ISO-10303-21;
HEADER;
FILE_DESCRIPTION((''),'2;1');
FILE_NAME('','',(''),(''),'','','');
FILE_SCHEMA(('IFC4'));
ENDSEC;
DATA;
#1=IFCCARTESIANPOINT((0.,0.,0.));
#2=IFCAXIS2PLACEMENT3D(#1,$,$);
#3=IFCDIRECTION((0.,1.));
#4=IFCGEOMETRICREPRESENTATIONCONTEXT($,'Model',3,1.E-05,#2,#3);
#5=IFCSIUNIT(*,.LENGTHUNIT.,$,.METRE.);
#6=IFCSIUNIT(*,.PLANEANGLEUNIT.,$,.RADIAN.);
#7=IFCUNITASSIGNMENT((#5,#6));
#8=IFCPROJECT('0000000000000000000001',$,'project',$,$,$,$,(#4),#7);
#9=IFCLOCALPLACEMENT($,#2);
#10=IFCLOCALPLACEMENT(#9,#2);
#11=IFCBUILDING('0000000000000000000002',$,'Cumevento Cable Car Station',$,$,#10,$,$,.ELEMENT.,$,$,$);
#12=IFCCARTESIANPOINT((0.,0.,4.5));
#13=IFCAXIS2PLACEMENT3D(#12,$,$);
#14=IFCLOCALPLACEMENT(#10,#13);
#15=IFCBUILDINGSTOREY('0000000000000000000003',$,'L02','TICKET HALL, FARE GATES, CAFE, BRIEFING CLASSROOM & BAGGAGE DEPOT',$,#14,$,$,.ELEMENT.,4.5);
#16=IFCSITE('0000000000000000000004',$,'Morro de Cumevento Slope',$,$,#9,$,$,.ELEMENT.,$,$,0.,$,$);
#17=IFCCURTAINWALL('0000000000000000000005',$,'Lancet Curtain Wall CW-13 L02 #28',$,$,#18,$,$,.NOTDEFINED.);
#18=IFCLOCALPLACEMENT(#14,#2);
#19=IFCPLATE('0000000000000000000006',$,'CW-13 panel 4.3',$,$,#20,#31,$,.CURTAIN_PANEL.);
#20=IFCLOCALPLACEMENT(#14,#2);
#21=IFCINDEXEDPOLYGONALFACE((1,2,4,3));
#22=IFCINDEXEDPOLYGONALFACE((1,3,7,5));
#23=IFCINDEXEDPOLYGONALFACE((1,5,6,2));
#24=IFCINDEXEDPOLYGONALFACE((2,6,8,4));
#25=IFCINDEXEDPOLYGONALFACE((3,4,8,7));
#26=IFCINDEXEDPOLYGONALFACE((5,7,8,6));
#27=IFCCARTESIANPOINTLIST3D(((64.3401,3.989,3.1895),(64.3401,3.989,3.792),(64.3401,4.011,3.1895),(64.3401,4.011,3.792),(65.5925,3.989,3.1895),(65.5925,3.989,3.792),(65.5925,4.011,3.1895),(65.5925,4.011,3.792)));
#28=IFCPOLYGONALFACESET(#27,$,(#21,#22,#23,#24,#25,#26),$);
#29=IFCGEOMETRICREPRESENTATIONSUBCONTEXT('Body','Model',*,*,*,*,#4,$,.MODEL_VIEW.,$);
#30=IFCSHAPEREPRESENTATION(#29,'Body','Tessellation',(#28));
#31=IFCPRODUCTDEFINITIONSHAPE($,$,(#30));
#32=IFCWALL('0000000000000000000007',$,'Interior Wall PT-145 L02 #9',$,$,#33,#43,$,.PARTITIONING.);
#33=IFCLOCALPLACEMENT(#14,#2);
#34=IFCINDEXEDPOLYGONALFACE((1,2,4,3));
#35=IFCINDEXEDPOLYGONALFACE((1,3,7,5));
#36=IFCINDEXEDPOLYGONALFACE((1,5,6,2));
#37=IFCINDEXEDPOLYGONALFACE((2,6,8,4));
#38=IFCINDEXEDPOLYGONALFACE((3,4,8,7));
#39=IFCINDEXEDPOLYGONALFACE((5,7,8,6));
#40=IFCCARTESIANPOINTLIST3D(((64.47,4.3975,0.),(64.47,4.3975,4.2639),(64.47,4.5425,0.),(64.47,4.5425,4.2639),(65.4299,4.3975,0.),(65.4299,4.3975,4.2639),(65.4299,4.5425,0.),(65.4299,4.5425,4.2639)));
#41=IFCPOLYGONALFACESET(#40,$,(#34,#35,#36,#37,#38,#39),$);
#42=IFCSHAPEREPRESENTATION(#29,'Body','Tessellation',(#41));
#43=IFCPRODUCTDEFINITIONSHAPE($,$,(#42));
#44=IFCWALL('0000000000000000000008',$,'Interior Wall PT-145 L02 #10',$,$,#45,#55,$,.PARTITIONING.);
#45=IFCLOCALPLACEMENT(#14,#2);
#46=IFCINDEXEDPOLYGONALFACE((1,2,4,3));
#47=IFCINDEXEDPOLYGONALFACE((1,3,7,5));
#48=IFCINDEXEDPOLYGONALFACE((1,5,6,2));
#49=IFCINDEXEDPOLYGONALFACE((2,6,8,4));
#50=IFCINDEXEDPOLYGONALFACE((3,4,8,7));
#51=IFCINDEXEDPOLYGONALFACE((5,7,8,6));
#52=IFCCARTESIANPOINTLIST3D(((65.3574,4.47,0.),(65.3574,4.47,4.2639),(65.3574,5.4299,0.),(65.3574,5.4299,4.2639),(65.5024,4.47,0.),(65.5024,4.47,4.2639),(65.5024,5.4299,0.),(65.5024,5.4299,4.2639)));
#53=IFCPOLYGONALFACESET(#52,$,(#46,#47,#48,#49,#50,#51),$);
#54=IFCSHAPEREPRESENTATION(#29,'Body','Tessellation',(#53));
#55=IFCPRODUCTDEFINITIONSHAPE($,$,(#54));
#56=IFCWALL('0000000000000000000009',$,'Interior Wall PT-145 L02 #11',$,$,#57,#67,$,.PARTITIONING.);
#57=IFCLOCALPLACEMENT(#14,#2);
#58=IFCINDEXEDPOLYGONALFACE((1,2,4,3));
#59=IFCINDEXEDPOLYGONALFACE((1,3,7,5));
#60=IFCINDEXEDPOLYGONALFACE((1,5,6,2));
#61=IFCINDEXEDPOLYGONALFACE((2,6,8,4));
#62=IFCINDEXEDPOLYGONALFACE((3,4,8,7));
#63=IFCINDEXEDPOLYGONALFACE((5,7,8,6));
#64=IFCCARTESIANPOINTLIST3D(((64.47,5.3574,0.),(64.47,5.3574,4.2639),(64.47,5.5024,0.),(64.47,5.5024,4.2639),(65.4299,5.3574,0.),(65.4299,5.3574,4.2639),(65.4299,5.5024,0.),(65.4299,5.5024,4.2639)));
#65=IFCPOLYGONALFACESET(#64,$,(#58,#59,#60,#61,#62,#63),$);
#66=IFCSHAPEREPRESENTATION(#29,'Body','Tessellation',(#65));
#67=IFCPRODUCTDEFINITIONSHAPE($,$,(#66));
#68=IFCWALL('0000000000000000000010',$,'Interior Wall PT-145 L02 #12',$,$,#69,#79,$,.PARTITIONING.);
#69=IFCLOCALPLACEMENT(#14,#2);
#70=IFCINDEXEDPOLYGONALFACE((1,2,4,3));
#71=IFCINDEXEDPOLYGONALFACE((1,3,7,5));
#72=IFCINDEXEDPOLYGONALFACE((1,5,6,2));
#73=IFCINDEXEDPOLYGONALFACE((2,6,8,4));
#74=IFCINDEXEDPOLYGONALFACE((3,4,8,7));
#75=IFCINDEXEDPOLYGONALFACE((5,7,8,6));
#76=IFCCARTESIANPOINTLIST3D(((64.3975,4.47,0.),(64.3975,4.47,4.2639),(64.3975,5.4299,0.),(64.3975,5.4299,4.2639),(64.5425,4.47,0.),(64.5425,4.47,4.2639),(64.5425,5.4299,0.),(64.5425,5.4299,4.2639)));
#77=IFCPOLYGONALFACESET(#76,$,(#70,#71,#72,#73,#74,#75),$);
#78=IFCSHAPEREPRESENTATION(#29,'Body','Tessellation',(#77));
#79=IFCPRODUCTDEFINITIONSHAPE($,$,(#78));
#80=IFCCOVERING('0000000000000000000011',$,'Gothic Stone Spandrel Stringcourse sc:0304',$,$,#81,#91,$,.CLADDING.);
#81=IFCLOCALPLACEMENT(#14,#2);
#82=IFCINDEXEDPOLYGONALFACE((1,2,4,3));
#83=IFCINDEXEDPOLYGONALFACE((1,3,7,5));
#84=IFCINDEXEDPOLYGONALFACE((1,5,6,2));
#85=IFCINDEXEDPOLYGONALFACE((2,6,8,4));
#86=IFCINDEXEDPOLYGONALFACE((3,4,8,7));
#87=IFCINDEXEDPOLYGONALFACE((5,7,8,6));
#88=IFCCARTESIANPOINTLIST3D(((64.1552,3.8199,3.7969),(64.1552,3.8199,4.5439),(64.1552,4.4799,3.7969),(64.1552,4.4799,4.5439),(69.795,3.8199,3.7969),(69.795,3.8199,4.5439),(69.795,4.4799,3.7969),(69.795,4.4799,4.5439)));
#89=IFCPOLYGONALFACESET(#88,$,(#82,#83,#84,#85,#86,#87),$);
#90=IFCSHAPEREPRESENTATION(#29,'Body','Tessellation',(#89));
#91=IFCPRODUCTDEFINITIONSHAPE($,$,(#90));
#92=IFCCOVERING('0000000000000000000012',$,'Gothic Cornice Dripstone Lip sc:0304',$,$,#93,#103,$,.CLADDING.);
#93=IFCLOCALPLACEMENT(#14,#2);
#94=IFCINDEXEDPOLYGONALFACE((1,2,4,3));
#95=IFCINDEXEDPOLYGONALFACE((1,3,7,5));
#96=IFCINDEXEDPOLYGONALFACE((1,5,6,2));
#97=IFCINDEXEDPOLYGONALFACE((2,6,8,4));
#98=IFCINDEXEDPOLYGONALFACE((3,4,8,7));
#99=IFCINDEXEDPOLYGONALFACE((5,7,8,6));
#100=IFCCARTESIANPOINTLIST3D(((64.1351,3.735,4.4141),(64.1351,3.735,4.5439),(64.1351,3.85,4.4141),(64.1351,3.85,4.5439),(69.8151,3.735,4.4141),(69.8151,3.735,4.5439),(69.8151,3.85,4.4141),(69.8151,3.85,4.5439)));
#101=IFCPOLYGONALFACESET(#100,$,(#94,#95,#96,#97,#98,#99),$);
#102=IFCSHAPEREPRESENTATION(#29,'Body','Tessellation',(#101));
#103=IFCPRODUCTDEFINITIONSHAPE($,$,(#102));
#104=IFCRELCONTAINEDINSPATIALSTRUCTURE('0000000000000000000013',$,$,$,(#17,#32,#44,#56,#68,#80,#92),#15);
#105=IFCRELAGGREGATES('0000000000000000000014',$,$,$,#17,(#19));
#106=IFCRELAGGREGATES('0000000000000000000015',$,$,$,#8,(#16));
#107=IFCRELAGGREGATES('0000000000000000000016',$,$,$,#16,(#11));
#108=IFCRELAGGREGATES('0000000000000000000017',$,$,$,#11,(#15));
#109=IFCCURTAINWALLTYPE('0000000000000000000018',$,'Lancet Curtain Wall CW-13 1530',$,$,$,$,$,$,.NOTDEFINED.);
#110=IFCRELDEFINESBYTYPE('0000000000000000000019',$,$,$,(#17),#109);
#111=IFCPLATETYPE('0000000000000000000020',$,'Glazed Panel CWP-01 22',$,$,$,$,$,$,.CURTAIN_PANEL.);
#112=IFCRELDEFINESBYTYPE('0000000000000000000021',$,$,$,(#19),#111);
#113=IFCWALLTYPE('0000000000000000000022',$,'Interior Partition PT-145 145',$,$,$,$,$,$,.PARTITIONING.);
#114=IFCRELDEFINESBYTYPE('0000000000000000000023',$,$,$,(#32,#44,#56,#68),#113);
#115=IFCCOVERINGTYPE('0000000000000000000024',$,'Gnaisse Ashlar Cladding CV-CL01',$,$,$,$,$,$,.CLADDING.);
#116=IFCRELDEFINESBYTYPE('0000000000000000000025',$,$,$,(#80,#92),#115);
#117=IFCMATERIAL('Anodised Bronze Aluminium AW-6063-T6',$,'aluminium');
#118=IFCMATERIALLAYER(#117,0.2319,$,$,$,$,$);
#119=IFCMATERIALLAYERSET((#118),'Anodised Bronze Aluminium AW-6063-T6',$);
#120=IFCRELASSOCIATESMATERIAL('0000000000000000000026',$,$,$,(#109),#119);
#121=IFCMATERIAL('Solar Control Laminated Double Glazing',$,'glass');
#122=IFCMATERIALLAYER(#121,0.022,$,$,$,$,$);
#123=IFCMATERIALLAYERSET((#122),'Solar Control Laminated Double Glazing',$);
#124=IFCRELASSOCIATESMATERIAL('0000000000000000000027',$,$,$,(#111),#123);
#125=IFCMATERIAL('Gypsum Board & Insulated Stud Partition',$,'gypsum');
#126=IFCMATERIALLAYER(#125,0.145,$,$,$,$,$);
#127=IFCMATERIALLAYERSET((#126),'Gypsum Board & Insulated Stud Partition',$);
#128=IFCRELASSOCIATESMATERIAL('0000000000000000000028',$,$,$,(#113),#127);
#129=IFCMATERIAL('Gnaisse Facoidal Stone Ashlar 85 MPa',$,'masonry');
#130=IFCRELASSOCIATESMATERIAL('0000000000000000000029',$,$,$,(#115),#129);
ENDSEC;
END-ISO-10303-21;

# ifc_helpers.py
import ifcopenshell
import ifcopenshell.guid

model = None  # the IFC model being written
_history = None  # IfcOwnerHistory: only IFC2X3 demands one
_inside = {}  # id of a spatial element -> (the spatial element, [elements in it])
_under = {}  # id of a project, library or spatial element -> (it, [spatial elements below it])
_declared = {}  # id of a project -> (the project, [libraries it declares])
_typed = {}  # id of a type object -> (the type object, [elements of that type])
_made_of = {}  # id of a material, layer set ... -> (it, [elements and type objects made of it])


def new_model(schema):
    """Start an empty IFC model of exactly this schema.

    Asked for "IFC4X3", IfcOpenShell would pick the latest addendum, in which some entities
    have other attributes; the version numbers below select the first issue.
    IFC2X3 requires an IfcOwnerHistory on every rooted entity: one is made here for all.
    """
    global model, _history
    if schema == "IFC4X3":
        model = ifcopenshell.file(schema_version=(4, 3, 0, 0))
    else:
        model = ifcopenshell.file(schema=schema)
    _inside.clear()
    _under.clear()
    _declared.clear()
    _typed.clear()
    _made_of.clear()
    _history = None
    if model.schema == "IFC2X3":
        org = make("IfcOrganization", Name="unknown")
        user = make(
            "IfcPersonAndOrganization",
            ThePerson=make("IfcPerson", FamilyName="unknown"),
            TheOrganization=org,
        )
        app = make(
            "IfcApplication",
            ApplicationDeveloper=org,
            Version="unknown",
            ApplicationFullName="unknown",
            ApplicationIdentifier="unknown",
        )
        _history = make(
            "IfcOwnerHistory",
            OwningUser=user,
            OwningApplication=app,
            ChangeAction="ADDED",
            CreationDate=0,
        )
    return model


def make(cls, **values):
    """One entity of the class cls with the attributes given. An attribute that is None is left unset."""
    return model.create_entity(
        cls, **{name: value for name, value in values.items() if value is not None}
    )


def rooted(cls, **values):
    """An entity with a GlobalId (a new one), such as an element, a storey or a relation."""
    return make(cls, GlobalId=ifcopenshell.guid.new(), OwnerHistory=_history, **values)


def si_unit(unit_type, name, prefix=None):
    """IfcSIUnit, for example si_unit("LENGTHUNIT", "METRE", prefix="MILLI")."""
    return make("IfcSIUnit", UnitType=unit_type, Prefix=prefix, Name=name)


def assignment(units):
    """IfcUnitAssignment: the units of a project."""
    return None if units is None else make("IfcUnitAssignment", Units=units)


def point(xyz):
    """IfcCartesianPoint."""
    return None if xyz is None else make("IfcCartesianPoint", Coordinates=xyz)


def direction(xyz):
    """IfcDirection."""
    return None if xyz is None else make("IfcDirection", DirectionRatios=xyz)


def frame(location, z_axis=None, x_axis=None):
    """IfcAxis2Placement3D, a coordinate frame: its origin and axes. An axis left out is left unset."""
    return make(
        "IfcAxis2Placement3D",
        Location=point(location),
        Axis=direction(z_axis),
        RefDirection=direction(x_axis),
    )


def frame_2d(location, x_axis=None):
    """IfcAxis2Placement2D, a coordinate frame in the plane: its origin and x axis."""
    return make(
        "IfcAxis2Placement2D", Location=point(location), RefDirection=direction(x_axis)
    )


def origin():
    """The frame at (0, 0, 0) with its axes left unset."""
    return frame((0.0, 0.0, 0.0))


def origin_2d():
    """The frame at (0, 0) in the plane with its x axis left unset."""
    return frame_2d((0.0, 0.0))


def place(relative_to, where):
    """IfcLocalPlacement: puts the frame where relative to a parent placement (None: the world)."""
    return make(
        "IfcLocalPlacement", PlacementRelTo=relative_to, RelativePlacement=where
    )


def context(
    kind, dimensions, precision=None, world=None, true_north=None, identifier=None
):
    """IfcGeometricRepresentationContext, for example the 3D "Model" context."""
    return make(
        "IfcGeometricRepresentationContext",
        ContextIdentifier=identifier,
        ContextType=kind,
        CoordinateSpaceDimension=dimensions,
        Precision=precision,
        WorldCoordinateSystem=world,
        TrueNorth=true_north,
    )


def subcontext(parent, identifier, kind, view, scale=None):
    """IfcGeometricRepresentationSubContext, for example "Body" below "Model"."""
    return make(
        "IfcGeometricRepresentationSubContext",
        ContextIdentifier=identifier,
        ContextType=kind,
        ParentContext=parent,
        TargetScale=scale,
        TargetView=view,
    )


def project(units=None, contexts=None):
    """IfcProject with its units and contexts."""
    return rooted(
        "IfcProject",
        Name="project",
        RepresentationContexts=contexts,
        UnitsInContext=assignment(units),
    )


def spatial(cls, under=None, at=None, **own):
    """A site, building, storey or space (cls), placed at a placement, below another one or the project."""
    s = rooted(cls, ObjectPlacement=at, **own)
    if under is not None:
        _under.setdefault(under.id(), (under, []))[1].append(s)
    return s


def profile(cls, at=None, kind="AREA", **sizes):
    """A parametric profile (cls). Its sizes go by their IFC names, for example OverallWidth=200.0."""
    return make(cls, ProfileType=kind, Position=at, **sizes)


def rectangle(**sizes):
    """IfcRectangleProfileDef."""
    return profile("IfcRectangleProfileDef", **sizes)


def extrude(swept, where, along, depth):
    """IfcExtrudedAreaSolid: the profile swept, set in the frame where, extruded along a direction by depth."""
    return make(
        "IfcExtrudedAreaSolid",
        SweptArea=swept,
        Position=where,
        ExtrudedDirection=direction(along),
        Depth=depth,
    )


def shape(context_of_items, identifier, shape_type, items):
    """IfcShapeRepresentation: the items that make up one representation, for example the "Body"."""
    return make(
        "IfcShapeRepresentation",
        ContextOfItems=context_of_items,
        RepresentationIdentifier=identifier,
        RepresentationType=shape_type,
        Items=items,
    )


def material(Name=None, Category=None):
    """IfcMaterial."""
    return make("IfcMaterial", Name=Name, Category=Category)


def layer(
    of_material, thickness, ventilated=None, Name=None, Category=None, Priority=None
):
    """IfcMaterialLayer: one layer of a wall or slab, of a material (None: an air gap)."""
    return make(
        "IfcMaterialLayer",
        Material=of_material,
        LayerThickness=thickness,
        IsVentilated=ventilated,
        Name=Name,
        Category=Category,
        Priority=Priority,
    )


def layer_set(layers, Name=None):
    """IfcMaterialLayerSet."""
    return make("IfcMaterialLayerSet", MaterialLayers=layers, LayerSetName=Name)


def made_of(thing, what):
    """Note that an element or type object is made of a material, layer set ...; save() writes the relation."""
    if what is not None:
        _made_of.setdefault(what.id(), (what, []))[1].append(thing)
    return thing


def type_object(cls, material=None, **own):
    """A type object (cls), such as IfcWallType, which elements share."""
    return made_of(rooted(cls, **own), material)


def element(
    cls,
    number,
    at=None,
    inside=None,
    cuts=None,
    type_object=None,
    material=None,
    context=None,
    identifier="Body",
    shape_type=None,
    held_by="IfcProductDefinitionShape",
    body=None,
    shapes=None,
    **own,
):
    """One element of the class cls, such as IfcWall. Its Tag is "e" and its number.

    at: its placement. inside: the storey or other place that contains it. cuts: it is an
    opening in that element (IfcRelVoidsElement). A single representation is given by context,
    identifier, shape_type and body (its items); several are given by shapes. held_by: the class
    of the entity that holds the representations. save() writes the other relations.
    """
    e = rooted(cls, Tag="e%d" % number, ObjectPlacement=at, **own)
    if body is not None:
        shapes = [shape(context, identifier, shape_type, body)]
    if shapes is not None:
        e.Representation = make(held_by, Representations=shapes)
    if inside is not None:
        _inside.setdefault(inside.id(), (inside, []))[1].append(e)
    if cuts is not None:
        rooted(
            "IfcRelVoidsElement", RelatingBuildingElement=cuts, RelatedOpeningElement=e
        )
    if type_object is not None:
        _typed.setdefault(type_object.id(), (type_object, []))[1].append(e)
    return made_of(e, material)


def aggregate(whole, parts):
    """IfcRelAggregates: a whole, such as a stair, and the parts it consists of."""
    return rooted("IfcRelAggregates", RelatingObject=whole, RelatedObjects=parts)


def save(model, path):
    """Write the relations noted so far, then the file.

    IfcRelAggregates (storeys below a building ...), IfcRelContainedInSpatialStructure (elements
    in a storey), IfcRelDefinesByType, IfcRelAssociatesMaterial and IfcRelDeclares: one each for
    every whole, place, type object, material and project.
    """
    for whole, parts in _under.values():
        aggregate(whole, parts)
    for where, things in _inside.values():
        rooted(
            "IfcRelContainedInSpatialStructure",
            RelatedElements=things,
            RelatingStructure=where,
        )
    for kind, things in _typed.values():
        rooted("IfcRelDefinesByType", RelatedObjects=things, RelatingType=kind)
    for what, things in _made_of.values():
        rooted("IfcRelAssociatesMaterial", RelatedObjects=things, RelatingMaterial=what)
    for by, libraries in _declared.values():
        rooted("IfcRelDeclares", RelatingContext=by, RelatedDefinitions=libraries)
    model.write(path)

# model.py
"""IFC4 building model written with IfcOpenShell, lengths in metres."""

from ifc_helpers import new_model, si_unit, direction, frame, frame_2d, origin, origin_2d, place, context, subcontext, project, spatial, rectangle, extrude, material, layer, layer_set, type_object, element, aggregate, save


model = new_model("IFC4")

# Units and contexts
model_context = context("Model", 3, precision=1e-05, world=origin(), true_north=direction((0.0, 1.0)))
body_context = subcontext(model_context, "Body", "Model", "MODEL_VIEW")
ifc_project = project(units=[si_unit("LENGTHUNIT", "METRE"), si_unit("PLANEANGLEUNIT", "RADIAN")], contexts=[model_context])

# Site, building, storey
site_placement = place(None, origin())
site = spatial("IfcSite", under=ifc_project, at=site_placement, Name="Morro de Cumevento Slope", CompositionType="ELEMENT", RefElevation=0.0)
building_placement = place(site_placement, origin())
building = spatial("IfcBuilding", under=site, at=building_placement, Name="Cumevento Cable Car Station", CompositionType="ELEMENT")
storey_placement = place(building_placement, frame((0.0, 0.0, 4.5)))
storey = spatial("IfcBuildingStorey", under=building, at=storey_placement, Name="L02", Description="TICKET HALL, FARE GATES, CAFE, BRIEFING CLASSROOM & BAGGAGE DEPOT", CompositionType="ELEMENT", Elevation=4.5)

# Curtain wall
ifc_material_1 = material(Name="Anodised Bronze Aluminium AW-6063-T6", Category="aluminium")
ifc_layer_1 = layer(ifc_material_1, 0.2319)
ifc_layer_set_1 = layer_set([ifc_layer_1], Name="Anodised Bronze Aluminium AW-6063-T6")
curtain_wall_type = type_object("IfcCurtainWallType", Name="Lancet Curtain Wall CW-13 1530", PredefinedType="NOTDEFINED", material=ifc_layer_set_1)
curtain_wall_placement = place(storey_placement, origin())
curtain_wall = element("IfcCurtainWall", 1, at=curtain_wall_placement, inside=storey, type_object=curtain_wall_type, Name="Lancet Curtain Wall CW-13 L02 #28", PredefinedType="NOTDEFINED")

# Plate
ifc_material_2 = material(Name="Solar Control Laminated Double Glazing", Category="glass")
ifc_layer_2 = layer(ifc_material_2, 0.022)
ifc_layer_set_2 = layer_set([ifc_layer_2], Name="Solar Control Laminated Double Glazing")
plate_type = type_object("IfcPlateType", Name="Glazed Panel CWP-01 22", PredefinedType="CURTAIN_PANEL", material=ifc_layer_set_2)
plate_1_placement = place(storey_placement, frame((64.9663, 4.0, 3.1895), z_axis=(0.0, 0.0, 1.0), x_axis=(-1.0, 0.0, 0.0)))
plate_1 = element("IfcPlate", 2, at=plate_1_placement, type_object=plate_type, Name="CW-13 panel 4.3", PredefinedType="CURTAIN_PANEL", context=body_context, shape_type="SweptSolid", body=[
    extrude(rectangle(XDim=1.2524, YDim=0.022, at=origin_2d()), origin(), (0.0, 0.0, 1.0), 0.6025),
])
aggregate(curtain_wall, [plate_1])

# Walls
ifc_material_3 = material(Name="Gypsum Board & Insulated Stud Partition", Category="gypsum")
ifc_layer_3 = layer(ifc_material_3, 0.145)
ifc_layer_set_3 = layer_set([ifc_layer_3], Name="Gypsum Board & Insulated Stud Partition")
wall_type = type_object("IfcWallType", Name="Interior Partition PT-145 145", PredefinedType="PARTITIONING", material=ifc_layer_set_3)
for number, where, z_axis, x_axis, name in (
    (3, (64.47, 4.47, 0.0), (0.0, 0.0, 1.0), (1.0, 0.0, 0.0), "Interior Wall PT-145 L02 #9"),
    (4, (65.4299, 4.47, 0.0), (0.0, 0.0, 1.0), (0.0, 1.0, 0.0), "Interior Wall PT-145 L02 #10"),
    (5, (65.4299, 5.4299, 0.0), (0.0, 0.0, 1.0), (-1.0, 0.0, 0.0), "Interior Wall PT-145 L02 #11"),
    (6, (64.47, 5.4299, 0.0), (0.0, 0.0, 1.0), (0.0, -1.0, 0.0), "Interior Wall PT-145 L02 #12"),
):
    element("IfcWall", number, at=place(storey_placement, frame(where, z_axis=z_axis, x_axis=x_axis)), inside=storey, type_object=wall_type, Name=name, PredefinedType="PARTITIONING", context=body_context, shape_type="SweptSolid", body=[
        extrude(rectangle(XDim=0.96, YDim=0.145, at=frame_2d((0.48, 0.0))), origin(), (0.0, 0.0, 1.0), 4.2639),
    ])

# Coverings
ifc_material_4 = material(Name="Gnaisse Facoidal Stone Ashlar 85 MPa", Category="masonry")
covering_type = type_object("IfcCoveringType", Name="Gnaisse Ashlar Cladding CV-CL01", PredefinedType="CLADDING", material=ifc_material_4)
covering_1_placement = place(storey_placement, frame((66.9751, 4.1499, 3.7969), z_axis=(0.0, 0.0, 1.0), x_axis=(-1.0, 0.0, 0.0)))
element("IfcCovering", 7, at=covering_1_placement, inside=storey, type_object=covering_type, Name="Gothic Stone Spandrel Stringcourse sc:0304", PredefinedType="CLADDING", context=body_context, shape_type="SweptSolid", body=[
    extrude(rectangle(XDim=5.6399, YDim=0.6599, at=origin_2d()), origin(), (0.0, 0.0, 1.0), 0.7471),
])
covering_2_placement = place(storey_placement, frame((66.9751, 3.7925, 4.4141), z_axis=(0.0, 0.0, 1.0), x_axis=(-1.0, 0.0, 0.0)))
element("IfcCovering", 8, at=covering_2_placement, inside=storey, type_object=covering_type, Name="Gothic Cornice Dripstone Lip sc:0304", PredefinedType="CLADDING", context=body_context, shape_type="SweptSolid", body=[
    extrude(rectangle(XDim=5.6799, YDim=0.115, at=origin_2d()), origin(), (0.0, 0.0, 1.0), 0.1299),
])

save(model, "model.ifc")
